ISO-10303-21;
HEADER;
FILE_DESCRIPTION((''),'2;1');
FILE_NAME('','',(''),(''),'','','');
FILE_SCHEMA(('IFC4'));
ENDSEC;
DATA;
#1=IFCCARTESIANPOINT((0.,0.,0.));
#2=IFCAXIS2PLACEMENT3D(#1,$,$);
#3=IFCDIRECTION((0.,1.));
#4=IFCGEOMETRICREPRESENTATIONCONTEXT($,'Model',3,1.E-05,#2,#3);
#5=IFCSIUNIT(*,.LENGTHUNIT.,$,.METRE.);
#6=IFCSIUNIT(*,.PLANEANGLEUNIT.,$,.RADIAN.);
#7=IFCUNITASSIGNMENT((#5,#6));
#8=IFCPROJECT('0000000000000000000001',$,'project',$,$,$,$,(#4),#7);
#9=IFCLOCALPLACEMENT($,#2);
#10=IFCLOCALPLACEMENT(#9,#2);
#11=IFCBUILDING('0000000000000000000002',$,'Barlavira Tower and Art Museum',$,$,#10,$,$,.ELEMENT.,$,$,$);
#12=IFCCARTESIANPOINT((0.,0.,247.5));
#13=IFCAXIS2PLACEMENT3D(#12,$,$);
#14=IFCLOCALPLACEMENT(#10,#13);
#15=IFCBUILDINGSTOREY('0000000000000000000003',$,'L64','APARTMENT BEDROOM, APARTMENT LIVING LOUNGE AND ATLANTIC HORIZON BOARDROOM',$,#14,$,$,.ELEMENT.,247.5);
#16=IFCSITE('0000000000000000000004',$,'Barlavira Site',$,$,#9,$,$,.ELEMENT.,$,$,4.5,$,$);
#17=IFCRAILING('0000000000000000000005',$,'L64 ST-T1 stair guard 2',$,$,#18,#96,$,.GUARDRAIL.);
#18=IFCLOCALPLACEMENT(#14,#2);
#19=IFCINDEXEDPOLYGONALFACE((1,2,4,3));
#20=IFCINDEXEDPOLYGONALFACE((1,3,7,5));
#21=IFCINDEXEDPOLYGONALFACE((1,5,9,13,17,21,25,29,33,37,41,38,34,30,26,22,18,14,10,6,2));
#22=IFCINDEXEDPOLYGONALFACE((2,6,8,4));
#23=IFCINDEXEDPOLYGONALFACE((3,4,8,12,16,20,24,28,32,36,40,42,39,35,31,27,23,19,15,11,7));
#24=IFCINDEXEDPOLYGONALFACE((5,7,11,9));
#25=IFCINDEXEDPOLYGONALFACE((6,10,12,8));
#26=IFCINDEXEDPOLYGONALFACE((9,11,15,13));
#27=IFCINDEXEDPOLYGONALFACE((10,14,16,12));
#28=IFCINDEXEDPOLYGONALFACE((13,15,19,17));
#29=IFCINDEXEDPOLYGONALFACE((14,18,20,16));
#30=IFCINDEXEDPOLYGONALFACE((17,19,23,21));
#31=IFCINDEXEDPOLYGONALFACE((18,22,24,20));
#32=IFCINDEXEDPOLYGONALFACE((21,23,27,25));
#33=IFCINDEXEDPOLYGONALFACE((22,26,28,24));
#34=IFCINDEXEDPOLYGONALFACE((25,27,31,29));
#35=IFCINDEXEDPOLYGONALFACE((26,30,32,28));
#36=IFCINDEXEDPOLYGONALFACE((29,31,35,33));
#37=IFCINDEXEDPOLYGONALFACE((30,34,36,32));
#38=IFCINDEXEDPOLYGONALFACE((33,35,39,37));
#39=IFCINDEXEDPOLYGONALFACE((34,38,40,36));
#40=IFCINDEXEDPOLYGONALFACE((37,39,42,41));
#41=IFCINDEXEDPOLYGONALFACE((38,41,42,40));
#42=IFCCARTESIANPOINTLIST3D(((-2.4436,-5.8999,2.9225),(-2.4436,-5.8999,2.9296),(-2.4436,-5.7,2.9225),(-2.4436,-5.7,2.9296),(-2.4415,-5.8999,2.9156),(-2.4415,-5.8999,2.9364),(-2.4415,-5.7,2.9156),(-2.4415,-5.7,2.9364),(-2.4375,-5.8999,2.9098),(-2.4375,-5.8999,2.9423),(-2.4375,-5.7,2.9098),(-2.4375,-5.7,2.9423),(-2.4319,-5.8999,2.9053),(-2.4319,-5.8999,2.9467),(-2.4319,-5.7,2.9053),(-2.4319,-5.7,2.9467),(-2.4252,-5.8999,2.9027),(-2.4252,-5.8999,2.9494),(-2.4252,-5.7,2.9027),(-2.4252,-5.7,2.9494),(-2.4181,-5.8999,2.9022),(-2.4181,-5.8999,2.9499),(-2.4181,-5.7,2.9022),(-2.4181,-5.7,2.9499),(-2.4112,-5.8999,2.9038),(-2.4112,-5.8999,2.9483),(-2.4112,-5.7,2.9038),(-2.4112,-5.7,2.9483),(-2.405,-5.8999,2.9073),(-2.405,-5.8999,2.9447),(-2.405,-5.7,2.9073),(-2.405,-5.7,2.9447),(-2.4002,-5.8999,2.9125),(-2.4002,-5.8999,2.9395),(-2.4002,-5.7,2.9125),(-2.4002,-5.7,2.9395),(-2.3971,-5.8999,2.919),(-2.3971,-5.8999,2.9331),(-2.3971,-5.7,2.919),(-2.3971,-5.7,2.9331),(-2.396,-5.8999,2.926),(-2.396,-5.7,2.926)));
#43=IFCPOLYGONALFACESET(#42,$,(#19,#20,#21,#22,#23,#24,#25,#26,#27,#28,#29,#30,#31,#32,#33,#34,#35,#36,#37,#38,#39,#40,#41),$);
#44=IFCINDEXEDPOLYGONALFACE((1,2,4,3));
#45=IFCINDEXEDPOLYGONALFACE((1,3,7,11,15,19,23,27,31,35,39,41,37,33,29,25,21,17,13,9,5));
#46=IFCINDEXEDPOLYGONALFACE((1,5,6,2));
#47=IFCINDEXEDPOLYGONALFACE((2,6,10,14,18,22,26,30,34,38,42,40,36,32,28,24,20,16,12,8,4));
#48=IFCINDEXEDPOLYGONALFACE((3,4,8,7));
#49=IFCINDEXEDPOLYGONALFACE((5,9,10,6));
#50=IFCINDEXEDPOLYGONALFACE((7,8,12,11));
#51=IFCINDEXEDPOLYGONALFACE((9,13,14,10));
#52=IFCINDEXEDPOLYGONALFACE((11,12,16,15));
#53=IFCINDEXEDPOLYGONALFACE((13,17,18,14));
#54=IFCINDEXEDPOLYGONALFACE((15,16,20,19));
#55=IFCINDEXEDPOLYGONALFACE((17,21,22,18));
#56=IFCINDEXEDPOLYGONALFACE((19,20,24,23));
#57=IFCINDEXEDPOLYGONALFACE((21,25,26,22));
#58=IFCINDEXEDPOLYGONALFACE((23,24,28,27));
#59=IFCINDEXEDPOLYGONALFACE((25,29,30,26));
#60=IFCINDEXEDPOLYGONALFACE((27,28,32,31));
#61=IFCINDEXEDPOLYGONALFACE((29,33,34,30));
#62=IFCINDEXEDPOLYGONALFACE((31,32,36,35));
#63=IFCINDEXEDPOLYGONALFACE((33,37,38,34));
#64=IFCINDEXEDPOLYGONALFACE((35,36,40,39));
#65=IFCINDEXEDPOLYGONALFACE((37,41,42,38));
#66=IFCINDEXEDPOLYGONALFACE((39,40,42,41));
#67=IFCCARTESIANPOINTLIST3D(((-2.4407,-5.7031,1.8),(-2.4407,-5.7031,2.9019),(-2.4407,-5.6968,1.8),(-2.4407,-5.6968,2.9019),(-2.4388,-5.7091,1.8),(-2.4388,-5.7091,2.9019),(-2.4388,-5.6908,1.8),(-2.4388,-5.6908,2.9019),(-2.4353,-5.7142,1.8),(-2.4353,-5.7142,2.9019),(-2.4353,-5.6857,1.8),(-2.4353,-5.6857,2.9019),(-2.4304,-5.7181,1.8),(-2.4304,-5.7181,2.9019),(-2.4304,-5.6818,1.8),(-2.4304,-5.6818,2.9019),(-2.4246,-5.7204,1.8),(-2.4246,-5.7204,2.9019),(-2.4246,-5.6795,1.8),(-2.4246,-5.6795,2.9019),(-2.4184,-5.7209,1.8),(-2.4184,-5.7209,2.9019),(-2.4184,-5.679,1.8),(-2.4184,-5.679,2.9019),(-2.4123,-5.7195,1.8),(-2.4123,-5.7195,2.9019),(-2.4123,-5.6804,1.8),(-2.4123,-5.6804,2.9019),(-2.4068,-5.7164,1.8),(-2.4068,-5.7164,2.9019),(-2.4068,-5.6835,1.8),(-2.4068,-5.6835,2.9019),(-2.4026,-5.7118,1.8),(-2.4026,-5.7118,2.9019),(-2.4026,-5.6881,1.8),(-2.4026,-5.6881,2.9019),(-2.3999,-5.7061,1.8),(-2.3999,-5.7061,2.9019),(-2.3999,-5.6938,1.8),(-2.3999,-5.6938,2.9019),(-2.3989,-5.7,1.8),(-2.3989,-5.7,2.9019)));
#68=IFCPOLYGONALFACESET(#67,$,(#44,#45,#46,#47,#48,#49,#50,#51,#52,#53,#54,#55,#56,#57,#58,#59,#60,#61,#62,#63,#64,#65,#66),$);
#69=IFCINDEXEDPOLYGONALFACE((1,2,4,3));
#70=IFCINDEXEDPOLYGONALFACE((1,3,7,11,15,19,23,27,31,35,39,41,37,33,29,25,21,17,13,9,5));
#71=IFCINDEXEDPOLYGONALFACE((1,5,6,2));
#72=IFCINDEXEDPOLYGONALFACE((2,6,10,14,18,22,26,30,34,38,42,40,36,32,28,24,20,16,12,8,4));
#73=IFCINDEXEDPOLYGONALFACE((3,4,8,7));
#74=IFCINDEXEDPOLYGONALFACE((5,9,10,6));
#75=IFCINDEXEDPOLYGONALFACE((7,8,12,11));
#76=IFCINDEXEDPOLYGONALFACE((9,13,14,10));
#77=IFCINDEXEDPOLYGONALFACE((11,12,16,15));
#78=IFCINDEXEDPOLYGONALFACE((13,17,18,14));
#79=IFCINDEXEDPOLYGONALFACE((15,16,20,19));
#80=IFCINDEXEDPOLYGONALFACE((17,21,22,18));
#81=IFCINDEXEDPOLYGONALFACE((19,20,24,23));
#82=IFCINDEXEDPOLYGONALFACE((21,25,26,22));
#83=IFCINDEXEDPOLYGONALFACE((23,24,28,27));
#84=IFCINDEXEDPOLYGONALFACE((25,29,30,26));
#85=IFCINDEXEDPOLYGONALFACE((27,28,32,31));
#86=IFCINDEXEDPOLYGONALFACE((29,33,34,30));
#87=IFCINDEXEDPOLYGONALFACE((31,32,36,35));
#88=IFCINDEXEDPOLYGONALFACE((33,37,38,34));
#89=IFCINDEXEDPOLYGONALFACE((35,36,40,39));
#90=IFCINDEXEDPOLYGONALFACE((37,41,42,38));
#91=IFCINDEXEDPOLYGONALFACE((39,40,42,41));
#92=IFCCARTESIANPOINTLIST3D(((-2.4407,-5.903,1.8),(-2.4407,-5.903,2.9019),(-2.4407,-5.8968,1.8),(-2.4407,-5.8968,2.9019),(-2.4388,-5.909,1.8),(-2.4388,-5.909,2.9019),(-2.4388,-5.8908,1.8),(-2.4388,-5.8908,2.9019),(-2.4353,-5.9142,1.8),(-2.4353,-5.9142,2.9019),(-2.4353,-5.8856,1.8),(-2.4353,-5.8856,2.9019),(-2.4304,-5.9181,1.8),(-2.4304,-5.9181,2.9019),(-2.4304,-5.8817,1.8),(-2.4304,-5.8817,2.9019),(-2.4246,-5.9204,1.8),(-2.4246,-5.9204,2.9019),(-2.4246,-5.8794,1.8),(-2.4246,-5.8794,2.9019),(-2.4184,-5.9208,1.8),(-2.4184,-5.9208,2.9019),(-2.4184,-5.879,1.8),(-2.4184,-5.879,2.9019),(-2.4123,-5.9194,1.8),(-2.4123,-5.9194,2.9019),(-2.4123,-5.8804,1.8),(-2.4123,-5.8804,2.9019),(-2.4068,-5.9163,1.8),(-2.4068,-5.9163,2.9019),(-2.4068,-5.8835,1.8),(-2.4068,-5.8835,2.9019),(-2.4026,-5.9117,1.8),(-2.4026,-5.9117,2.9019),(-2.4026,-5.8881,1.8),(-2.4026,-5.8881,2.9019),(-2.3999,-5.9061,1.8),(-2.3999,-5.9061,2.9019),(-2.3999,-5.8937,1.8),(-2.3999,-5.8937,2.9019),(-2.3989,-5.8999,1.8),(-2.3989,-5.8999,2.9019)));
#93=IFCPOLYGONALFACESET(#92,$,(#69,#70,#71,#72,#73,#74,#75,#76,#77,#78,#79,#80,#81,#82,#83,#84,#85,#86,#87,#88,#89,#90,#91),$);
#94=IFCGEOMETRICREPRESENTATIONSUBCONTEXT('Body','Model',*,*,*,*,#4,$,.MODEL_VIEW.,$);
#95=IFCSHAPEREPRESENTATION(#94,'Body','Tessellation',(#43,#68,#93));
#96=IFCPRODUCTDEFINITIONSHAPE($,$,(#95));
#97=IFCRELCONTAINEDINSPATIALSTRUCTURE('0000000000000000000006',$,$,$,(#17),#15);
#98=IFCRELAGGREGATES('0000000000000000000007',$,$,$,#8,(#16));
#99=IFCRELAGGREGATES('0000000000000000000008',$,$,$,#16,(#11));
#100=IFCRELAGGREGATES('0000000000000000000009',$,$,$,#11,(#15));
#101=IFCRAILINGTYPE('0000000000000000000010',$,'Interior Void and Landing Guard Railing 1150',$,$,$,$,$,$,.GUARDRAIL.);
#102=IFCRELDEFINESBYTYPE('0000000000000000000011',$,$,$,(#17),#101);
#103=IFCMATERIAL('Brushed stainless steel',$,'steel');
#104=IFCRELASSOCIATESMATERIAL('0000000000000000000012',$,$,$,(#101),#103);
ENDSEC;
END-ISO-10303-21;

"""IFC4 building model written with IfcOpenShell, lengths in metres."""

from ifc_helpers import new_model, si_unit, direction, frame, origin, origin_2d, place, context, subcontext, project, spatial, circle, extrude, material, type_object, element, save


model = new_model("IFC4")

# Units and contexts
model_context = context("Model", 3, precision=1e-05, world=origin(), true_north=direction((0.0, 1.0)))
body_context = subcontext(model_context, "Body", "Model", "MODEL_VIEW")
ifc_project = project(units=[si_unit("LENGTHUNIT", "METRE"), si_unit("PLANEANGLEUNIT", "RADIAN")], contexts=[model_context])

# Site, building, storey
site_placement = place(None, origin())
site = spatial("IfcSite", under=ifc_project, at=site_placement, Name="Barlavira Site", CompositionType="ELEMENT", RefElevation=4.5)
building_placement = place(site_placement, origin())
building = spatial("IfcBuilding", under=site, at=building_placement, Name="Barlavira Tower and Art Museum", CompositionType="ELEMENT")
storey_placement = place(building_placement, frame((0.0, 0.0, 247.5)))
storey = spatial("IfcBuildingStorey", under=building, at=storey_placement, Name="L64", Description="APARTMENT BEDROOM, APARTMENT LIVING LOUNGE AND ATLANTIC HORIZON BOARDROOM", CompositionType="ELEMENT", Elevation=247.5)

# Shared definitions
ifc_material_1 = material(Name="Brushed stainless steel", Category="steel")

# Railing
railing_type_1 = type_object("IfcRailingType", Name="Interior Void and Landing Guard Railing 1150", PredefinedType="GUARDRAIL", material=ifc_material_1)
railing_1_placement = place(storey_placement, frame((-2.4199, -5.7, 1.8)))
element("IfcRailing", 1, at=railing_1_placement, inside=storey, type_object=railing_type_1, Name="L64 ST-T1 stair guard 2", PredefinedType="GUARDRAIL", context=body_context, shape_type="SweptSolid", body=[
    extrude(circle(Radius=0.0239, at=origin_2d()), frame((0.0, 0.0, 1.126), z_axis=(0.0, -1.0, 0.0), x_axis=(1.0, 0.0, 0.0)), (0.0, 0.0, 1.0), 0.2),
    extrude(circle(Radius=0.021, at=origin_2d()), origin(), (0.0, 0.0, 1.0), 1.1018),
    extrude(circle(Radius=0.021, at=origin_2d()), frame((0.0, -0.2, 0.0)), (0.0, 0.0, 1.0), 1.1018),
])

save(model, "model.ifc")
